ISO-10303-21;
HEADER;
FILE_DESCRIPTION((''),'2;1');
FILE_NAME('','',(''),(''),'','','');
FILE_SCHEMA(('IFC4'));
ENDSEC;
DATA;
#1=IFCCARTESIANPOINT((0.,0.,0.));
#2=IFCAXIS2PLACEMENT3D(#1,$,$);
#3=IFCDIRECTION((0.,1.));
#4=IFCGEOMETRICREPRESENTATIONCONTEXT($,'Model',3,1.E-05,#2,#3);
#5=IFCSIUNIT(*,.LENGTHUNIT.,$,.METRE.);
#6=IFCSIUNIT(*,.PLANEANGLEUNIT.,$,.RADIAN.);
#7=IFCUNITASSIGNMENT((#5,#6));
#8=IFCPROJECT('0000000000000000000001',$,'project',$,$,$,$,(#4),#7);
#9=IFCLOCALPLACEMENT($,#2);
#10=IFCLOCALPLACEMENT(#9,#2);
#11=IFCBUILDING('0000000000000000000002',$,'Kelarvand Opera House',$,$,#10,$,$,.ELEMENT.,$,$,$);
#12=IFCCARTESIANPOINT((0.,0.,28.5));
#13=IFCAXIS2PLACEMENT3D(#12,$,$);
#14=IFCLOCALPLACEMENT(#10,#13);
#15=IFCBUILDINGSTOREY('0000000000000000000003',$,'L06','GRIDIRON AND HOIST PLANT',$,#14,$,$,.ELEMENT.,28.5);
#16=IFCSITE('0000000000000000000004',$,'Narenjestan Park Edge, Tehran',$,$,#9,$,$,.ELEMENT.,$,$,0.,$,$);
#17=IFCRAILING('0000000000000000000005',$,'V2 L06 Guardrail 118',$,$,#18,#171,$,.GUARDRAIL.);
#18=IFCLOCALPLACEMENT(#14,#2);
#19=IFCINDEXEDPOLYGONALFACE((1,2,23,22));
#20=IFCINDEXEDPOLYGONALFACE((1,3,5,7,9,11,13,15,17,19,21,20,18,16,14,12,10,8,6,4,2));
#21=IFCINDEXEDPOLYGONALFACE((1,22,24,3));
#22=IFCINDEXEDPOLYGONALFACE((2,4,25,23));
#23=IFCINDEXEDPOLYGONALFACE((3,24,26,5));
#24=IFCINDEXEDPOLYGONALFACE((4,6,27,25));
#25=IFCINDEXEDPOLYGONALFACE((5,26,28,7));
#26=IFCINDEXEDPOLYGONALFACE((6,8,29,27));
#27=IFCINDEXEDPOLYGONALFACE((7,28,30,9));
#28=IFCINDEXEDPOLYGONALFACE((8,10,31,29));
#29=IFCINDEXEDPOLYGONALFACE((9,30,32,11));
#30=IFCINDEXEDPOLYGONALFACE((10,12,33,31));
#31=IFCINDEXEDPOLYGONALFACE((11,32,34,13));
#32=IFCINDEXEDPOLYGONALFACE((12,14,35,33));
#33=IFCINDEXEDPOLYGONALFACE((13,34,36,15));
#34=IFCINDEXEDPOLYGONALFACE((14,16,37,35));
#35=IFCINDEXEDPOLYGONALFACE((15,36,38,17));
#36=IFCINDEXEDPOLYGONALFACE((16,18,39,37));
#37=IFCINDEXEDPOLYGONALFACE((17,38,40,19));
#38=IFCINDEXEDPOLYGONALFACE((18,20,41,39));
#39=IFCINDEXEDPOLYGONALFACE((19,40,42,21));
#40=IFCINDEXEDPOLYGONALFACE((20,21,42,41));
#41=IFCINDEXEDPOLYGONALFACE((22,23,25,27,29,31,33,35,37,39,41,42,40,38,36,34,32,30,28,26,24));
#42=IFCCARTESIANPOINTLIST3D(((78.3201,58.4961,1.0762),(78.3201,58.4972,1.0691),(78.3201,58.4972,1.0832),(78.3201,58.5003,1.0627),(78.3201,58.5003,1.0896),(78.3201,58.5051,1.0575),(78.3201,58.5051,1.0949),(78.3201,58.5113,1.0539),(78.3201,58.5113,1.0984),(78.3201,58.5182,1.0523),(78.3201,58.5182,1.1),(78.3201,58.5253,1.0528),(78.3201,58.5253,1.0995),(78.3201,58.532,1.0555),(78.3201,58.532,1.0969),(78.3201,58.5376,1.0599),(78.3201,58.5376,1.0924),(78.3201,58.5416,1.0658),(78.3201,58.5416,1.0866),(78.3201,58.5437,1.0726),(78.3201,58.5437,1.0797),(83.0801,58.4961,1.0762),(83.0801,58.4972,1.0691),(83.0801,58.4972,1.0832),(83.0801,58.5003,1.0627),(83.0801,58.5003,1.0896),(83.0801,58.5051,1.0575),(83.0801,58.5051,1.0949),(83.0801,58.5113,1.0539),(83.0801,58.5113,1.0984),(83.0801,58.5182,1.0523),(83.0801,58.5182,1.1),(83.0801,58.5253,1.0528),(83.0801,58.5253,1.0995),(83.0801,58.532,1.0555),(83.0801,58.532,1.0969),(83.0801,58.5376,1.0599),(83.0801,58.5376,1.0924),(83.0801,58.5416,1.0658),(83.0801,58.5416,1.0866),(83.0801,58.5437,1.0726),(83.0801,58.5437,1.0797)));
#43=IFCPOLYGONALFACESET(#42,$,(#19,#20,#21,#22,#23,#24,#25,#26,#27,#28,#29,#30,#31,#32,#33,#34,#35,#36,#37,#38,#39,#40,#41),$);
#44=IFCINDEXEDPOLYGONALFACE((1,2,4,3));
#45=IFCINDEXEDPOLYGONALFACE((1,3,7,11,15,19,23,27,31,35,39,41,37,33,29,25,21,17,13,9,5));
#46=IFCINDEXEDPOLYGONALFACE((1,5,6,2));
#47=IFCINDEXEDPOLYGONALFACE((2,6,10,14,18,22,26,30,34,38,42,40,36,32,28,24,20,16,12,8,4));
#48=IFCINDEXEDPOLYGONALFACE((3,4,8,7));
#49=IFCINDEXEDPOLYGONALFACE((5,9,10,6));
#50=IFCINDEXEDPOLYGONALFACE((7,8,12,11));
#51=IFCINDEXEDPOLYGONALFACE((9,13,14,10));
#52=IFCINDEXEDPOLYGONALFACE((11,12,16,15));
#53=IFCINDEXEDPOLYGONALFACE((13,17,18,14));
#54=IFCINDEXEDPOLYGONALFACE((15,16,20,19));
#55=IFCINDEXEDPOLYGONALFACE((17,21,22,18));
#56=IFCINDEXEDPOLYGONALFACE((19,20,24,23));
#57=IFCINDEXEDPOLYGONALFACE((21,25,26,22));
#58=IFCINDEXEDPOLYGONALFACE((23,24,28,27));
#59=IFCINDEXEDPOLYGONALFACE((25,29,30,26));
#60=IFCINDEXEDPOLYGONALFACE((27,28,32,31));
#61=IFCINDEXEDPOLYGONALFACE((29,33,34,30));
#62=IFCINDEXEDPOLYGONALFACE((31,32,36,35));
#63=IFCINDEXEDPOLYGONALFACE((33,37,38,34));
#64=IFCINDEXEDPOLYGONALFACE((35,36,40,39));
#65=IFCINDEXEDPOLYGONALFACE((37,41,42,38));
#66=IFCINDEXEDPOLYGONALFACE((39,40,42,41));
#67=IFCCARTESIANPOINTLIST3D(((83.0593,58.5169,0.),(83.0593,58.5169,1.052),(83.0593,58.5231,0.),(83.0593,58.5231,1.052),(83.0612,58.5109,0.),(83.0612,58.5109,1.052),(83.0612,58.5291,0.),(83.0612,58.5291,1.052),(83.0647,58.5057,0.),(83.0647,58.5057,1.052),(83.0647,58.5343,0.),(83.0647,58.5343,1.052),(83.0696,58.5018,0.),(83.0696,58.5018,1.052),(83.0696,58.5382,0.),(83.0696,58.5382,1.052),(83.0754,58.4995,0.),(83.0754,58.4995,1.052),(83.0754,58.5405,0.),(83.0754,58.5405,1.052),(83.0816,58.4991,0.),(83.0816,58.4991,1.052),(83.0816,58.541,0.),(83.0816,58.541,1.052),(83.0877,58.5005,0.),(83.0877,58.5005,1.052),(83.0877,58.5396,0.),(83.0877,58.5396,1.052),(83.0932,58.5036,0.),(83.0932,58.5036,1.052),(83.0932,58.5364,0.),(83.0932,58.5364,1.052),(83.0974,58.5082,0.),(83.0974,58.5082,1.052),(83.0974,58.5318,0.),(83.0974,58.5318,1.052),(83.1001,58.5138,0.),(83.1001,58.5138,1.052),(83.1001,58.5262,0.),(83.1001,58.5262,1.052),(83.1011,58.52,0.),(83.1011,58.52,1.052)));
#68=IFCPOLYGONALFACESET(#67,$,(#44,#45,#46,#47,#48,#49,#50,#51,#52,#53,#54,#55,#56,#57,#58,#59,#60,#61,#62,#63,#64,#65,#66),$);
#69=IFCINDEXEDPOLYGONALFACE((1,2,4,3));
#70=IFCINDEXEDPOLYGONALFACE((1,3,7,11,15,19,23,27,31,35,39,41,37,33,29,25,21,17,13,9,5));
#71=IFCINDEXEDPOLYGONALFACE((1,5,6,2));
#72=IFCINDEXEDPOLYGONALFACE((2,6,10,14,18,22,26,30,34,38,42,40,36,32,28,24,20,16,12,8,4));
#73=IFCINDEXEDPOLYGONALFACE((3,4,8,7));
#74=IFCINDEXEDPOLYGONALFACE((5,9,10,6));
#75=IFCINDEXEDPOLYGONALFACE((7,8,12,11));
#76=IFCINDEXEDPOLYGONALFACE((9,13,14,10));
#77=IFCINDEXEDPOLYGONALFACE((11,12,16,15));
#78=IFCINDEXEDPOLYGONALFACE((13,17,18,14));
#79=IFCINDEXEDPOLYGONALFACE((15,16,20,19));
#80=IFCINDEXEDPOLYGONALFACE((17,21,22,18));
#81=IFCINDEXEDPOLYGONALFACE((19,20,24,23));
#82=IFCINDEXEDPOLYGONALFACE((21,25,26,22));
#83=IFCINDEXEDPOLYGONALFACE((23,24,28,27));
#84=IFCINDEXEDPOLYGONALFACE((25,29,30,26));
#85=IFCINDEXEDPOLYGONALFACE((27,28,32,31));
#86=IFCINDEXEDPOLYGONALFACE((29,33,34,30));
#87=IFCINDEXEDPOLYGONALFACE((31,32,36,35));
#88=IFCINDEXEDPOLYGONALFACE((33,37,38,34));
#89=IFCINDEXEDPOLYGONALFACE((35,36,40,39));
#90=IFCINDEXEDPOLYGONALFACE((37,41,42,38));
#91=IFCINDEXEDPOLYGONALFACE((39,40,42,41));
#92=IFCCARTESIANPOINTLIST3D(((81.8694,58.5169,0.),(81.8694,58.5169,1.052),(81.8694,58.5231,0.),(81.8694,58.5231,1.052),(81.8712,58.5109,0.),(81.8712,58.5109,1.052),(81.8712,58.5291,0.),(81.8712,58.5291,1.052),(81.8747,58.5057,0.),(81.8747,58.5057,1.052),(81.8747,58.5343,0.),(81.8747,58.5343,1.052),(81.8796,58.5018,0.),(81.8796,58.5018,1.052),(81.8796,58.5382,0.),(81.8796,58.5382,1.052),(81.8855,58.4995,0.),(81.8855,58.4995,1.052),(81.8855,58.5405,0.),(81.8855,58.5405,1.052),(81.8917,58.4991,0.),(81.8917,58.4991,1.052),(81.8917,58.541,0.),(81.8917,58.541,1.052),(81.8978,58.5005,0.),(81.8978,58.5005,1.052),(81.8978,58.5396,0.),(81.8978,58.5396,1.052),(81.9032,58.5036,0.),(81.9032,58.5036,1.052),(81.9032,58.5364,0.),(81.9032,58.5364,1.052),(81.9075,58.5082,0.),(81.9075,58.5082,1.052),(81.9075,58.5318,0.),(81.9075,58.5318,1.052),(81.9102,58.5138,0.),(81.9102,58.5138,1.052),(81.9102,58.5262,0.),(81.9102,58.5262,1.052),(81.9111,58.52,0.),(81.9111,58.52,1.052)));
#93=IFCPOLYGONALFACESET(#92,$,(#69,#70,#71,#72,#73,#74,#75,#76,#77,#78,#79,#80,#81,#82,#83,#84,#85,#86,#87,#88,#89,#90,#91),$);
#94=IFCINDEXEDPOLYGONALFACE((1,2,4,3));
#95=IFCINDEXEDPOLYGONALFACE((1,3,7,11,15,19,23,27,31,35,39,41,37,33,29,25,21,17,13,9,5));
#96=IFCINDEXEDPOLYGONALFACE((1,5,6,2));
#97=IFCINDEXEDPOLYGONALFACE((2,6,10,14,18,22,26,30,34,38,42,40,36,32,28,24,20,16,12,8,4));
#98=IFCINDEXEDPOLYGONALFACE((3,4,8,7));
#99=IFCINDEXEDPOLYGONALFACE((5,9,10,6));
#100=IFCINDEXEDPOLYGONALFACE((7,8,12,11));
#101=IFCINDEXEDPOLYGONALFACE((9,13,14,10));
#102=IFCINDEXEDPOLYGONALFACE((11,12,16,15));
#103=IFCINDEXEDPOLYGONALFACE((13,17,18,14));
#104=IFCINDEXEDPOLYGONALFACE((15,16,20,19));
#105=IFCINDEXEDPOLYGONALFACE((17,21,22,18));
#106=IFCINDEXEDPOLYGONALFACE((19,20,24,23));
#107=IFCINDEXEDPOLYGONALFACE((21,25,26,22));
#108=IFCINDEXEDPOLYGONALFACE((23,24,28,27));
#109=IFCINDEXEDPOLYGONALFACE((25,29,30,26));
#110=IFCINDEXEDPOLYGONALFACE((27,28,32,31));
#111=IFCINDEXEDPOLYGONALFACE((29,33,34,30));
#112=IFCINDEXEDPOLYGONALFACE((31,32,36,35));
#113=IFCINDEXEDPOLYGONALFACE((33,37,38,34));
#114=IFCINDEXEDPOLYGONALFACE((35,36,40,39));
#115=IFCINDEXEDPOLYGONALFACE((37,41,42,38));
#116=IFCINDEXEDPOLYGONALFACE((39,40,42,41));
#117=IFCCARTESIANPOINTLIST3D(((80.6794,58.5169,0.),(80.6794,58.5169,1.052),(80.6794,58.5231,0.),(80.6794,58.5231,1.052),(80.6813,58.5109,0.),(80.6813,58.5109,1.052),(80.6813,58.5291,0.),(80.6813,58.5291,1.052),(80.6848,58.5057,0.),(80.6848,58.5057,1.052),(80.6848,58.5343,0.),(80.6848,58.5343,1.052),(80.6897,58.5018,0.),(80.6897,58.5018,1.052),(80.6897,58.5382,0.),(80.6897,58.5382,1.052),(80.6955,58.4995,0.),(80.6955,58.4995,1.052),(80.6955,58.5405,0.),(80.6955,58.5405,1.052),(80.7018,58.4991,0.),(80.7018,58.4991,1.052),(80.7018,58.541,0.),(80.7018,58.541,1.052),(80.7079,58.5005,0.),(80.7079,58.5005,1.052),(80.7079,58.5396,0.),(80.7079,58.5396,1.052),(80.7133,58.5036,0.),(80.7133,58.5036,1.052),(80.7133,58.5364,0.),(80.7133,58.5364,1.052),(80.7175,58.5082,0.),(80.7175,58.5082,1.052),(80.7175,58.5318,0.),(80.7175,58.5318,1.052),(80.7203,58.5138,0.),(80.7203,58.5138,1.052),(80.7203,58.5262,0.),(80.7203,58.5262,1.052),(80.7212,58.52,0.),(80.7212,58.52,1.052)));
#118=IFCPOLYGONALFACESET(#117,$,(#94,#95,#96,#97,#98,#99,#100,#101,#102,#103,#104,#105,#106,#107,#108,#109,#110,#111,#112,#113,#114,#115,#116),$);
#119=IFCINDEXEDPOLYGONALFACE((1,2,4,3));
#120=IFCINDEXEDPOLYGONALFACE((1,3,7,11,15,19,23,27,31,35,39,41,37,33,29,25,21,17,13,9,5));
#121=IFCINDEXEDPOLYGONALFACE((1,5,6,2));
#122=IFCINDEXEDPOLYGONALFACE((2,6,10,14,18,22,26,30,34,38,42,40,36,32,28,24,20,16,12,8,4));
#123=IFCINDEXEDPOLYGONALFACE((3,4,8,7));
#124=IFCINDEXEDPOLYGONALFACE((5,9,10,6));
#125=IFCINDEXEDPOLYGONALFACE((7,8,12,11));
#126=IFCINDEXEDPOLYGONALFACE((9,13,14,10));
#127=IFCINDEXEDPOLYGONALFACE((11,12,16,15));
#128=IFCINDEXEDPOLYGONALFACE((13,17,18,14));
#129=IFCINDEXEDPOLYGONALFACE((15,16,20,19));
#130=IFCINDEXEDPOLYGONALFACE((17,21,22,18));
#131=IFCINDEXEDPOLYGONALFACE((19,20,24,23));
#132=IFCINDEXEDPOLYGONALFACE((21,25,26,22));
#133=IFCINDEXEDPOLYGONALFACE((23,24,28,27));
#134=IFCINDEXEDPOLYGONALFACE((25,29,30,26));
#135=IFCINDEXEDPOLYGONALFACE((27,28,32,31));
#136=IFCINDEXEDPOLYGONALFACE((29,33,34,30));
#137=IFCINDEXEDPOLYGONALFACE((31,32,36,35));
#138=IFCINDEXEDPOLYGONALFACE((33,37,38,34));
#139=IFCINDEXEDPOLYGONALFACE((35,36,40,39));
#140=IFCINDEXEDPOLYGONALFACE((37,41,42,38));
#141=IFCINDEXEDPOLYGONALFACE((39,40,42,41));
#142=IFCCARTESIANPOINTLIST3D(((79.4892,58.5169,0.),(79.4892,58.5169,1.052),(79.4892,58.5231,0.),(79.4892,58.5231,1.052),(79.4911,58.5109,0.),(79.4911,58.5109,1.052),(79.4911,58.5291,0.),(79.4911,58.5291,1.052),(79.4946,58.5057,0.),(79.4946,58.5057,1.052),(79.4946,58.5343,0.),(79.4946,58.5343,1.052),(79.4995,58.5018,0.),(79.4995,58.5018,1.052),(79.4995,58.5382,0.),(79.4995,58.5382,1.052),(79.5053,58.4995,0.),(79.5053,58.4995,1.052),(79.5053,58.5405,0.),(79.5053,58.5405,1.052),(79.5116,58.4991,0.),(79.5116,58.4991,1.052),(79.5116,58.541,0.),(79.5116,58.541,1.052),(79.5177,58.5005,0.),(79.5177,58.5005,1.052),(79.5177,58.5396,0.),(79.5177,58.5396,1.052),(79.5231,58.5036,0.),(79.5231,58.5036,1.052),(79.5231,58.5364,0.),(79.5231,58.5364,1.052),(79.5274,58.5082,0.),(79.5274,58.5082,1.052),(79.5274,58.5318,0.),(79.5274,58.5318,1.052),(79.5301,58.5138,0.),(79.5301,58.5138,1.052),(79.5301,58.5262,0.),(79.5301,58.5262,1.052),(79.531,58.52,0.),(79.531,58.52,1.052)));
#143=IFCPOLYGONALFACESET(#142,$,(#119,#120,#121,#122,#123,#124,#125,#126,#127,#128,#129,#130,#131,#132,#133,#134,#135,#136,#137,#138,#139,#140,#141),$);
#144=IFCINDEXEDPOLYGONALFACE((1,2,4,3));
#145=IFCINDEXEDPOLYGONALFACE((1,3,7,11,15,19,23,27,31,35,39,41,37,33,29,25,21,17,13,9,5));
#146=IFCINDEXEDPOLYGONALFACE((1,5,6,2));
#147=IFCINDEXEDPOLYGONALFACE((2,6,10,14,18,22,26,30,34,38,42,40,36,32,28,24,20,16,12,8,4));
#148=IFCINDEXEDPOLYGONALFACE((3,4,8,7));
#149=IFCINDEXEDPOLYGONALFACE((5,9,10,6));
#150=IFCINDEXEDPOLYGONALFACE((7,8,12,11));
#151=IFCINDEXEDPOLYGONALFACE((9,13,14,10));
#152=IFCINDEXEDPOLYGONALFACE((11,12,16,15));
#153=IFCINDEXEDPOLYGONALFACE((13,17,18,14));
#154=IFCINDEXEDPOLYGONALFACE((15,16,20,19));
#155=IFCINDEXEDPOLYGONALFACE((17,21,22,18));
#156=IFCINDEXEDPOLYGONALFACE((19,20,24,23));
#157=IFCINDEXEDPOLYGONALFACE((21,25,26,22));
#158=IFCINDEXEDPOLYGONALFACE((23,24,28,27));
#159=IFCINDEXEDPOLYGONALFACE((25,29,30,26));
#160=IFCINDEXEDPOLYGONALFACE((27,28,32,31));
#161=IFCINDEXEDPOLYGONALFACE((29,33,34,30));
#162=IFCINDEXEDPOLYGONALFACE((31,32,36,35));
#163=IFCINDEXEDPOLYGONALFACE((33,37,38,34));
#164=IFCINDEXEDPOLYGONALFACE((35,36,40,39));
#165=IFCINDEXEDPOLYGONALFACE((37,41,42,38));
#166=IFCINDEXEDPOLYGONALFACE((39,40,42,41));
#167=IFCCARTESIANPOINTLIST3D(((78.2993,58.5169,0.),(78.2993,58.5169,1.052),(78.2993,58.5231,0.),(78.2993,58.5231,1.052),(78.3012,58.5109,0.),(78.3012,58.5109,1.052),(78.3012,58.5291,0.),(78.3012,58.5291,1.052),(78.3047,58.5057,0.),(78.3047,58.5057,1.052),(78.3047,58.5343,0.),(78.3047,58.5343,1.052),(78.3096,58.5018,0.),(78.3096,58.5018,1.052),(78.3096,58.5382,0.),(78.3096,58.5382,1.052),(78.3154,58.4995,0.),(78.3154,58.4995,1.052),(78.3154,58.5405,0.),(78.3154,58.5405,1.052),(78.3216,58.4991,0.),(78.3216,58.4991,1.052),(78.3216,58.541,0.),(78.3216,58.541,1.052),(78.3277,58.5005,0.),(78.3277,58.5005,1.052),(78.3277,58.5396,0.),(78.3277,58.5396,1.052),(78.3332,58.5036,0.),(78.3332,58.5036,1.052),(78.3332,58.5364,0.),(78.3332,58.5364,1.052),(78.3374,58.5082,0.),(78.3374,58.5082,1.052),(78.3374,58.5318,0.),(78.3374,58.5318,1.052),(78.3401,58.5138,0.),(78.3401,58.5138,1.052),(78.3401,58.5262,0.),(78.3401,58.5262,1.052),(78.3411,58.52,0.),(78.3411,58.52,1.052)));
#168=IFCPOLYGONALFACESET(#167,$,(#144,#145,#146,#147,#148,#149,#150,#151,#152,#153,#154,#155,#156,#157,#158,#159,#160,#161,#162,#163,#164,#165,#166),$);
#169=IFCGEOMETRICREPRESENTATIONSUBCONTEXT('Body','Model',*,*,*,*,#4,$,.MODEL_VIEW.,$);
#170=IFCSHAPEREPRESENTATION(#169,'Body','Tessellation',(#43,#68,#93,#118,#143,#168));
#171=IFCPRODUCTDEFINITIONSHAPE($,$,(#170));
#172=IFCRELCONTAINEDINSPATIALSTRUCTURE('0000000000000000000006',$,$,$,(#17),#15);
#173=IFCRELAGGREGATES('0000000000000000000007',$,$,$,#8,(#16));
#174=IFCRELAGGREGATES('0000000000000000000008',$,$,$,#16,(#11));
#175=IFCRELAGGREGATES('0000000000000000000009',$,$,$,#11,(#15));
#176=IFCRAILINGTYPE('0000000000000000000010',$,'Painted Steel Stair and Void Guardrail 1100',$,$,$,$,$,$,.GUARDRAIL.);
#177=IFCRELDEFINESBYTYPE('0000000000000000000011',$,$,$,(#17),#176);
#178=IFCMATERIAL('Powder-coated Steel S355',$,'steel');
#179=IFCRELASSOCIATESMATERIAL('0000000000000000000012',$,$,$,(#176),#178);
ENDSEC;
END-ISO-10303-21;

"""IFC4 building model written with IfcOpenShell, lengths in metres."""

from ifc_helpers import new_model, si_unit, direction, frame, origin, origin_2d, place, context, subcontext, project, spatial, circle, extrude, material, type_object, element, save


model = new_model("IFC4")

# Units and contexts
model_context = context("Model", 3, precision=1e-05, world=origin(), true_north=direction((0.0, 1.0)))
body_context = subcontext(model_context, "Body", "Model", "MODEL_VIEW")
ifc_project = project(units=[si_unit("LENGTHUNIT", "METRE"), si_unit("PLANEANGLEUNIT", "RADIAN")], contexts=[model_context])

# Site, building, storey
site_placement = place(None, origin())
site = spatial("IfcSite", under=ifc_project, at=site_placement, Name="Narenjestan Park Edge, Tehran", CompositionType="ELEMENT", RefElevation=0.0)
building_placement = place(site_placement, origin())
building = spatial("IfcBuilding", under=site, at=building_placement, Name="Kelarvand Opera House", CompositionType="ELEMENT")
storey_placement = place(building_placement, frame((0.0, 0.0, 28.5)))
storey = spatial("IfcBuildingStorey", under=building, at=storey_placement, Name="L06", Description="GRIDIRON AND HOIST PLANT", CompositionType="ELEMENT", Elevation=28.5)

# Railing
ifc_material_1 = material(Name="Powder-coated Steel S355", Category="steel")
railing_type = type_object("IfcRailingType", Name="Painted Steel Stair and Void Guardrail 1100", PredefinedType="GUARDRAIL", material=ifc_material_1)
for number, where, name in (
    (1, (83.0801, 58.52, 0.0), "V2 L06 Guardrail 118"),
):
    element("IfcRailing", number, at=place(storey_placement, frame(where)), inside=storey, type_object=railing_type, Name=name, PredefinedType="GUARDRAIL", context=body_context, shape_type="SweptSolid", body=[
        extrude(circle(Radius=0.0239, at=origin_2d()), frame((0.0, 0.0, 1.0762), z_axis=(-1.0, 0.0, 0.0), x_axis=(0.0, -1.0, 0.0)), (0.0, 0.0, 1.0), 4.76),
        extrude(circle(Radius=0.021, at=origin_2d()), origin(), (0.0, 0.0, 1.0), 1.052),
        extrude(circle(Radius=0.021, at=origin_2d()), frame((-1.1899, 0.0, 0.0)), (0.0, 0.0, 1.0), 1.052),
        extrude(circle(Radius=0.021, at=origin_2d()), frame((-2.3799, 0.0, 0.0)), (0.0, 0.0, 1.0), 1.052),
        extrude(circle(Radius=0.021, at=origin_2d()), frame((-3.5701, 0.0, 0.0)), (0.0, 0.0, 1.0), 1.052),
        extrude(circle(Radius=0.021, at=origin_2d()), frame((-4.76, 0.0, 0.0)), (0.0, 0.0, 1.0), 1.052),
    ])

save(model, "model.ifc")
